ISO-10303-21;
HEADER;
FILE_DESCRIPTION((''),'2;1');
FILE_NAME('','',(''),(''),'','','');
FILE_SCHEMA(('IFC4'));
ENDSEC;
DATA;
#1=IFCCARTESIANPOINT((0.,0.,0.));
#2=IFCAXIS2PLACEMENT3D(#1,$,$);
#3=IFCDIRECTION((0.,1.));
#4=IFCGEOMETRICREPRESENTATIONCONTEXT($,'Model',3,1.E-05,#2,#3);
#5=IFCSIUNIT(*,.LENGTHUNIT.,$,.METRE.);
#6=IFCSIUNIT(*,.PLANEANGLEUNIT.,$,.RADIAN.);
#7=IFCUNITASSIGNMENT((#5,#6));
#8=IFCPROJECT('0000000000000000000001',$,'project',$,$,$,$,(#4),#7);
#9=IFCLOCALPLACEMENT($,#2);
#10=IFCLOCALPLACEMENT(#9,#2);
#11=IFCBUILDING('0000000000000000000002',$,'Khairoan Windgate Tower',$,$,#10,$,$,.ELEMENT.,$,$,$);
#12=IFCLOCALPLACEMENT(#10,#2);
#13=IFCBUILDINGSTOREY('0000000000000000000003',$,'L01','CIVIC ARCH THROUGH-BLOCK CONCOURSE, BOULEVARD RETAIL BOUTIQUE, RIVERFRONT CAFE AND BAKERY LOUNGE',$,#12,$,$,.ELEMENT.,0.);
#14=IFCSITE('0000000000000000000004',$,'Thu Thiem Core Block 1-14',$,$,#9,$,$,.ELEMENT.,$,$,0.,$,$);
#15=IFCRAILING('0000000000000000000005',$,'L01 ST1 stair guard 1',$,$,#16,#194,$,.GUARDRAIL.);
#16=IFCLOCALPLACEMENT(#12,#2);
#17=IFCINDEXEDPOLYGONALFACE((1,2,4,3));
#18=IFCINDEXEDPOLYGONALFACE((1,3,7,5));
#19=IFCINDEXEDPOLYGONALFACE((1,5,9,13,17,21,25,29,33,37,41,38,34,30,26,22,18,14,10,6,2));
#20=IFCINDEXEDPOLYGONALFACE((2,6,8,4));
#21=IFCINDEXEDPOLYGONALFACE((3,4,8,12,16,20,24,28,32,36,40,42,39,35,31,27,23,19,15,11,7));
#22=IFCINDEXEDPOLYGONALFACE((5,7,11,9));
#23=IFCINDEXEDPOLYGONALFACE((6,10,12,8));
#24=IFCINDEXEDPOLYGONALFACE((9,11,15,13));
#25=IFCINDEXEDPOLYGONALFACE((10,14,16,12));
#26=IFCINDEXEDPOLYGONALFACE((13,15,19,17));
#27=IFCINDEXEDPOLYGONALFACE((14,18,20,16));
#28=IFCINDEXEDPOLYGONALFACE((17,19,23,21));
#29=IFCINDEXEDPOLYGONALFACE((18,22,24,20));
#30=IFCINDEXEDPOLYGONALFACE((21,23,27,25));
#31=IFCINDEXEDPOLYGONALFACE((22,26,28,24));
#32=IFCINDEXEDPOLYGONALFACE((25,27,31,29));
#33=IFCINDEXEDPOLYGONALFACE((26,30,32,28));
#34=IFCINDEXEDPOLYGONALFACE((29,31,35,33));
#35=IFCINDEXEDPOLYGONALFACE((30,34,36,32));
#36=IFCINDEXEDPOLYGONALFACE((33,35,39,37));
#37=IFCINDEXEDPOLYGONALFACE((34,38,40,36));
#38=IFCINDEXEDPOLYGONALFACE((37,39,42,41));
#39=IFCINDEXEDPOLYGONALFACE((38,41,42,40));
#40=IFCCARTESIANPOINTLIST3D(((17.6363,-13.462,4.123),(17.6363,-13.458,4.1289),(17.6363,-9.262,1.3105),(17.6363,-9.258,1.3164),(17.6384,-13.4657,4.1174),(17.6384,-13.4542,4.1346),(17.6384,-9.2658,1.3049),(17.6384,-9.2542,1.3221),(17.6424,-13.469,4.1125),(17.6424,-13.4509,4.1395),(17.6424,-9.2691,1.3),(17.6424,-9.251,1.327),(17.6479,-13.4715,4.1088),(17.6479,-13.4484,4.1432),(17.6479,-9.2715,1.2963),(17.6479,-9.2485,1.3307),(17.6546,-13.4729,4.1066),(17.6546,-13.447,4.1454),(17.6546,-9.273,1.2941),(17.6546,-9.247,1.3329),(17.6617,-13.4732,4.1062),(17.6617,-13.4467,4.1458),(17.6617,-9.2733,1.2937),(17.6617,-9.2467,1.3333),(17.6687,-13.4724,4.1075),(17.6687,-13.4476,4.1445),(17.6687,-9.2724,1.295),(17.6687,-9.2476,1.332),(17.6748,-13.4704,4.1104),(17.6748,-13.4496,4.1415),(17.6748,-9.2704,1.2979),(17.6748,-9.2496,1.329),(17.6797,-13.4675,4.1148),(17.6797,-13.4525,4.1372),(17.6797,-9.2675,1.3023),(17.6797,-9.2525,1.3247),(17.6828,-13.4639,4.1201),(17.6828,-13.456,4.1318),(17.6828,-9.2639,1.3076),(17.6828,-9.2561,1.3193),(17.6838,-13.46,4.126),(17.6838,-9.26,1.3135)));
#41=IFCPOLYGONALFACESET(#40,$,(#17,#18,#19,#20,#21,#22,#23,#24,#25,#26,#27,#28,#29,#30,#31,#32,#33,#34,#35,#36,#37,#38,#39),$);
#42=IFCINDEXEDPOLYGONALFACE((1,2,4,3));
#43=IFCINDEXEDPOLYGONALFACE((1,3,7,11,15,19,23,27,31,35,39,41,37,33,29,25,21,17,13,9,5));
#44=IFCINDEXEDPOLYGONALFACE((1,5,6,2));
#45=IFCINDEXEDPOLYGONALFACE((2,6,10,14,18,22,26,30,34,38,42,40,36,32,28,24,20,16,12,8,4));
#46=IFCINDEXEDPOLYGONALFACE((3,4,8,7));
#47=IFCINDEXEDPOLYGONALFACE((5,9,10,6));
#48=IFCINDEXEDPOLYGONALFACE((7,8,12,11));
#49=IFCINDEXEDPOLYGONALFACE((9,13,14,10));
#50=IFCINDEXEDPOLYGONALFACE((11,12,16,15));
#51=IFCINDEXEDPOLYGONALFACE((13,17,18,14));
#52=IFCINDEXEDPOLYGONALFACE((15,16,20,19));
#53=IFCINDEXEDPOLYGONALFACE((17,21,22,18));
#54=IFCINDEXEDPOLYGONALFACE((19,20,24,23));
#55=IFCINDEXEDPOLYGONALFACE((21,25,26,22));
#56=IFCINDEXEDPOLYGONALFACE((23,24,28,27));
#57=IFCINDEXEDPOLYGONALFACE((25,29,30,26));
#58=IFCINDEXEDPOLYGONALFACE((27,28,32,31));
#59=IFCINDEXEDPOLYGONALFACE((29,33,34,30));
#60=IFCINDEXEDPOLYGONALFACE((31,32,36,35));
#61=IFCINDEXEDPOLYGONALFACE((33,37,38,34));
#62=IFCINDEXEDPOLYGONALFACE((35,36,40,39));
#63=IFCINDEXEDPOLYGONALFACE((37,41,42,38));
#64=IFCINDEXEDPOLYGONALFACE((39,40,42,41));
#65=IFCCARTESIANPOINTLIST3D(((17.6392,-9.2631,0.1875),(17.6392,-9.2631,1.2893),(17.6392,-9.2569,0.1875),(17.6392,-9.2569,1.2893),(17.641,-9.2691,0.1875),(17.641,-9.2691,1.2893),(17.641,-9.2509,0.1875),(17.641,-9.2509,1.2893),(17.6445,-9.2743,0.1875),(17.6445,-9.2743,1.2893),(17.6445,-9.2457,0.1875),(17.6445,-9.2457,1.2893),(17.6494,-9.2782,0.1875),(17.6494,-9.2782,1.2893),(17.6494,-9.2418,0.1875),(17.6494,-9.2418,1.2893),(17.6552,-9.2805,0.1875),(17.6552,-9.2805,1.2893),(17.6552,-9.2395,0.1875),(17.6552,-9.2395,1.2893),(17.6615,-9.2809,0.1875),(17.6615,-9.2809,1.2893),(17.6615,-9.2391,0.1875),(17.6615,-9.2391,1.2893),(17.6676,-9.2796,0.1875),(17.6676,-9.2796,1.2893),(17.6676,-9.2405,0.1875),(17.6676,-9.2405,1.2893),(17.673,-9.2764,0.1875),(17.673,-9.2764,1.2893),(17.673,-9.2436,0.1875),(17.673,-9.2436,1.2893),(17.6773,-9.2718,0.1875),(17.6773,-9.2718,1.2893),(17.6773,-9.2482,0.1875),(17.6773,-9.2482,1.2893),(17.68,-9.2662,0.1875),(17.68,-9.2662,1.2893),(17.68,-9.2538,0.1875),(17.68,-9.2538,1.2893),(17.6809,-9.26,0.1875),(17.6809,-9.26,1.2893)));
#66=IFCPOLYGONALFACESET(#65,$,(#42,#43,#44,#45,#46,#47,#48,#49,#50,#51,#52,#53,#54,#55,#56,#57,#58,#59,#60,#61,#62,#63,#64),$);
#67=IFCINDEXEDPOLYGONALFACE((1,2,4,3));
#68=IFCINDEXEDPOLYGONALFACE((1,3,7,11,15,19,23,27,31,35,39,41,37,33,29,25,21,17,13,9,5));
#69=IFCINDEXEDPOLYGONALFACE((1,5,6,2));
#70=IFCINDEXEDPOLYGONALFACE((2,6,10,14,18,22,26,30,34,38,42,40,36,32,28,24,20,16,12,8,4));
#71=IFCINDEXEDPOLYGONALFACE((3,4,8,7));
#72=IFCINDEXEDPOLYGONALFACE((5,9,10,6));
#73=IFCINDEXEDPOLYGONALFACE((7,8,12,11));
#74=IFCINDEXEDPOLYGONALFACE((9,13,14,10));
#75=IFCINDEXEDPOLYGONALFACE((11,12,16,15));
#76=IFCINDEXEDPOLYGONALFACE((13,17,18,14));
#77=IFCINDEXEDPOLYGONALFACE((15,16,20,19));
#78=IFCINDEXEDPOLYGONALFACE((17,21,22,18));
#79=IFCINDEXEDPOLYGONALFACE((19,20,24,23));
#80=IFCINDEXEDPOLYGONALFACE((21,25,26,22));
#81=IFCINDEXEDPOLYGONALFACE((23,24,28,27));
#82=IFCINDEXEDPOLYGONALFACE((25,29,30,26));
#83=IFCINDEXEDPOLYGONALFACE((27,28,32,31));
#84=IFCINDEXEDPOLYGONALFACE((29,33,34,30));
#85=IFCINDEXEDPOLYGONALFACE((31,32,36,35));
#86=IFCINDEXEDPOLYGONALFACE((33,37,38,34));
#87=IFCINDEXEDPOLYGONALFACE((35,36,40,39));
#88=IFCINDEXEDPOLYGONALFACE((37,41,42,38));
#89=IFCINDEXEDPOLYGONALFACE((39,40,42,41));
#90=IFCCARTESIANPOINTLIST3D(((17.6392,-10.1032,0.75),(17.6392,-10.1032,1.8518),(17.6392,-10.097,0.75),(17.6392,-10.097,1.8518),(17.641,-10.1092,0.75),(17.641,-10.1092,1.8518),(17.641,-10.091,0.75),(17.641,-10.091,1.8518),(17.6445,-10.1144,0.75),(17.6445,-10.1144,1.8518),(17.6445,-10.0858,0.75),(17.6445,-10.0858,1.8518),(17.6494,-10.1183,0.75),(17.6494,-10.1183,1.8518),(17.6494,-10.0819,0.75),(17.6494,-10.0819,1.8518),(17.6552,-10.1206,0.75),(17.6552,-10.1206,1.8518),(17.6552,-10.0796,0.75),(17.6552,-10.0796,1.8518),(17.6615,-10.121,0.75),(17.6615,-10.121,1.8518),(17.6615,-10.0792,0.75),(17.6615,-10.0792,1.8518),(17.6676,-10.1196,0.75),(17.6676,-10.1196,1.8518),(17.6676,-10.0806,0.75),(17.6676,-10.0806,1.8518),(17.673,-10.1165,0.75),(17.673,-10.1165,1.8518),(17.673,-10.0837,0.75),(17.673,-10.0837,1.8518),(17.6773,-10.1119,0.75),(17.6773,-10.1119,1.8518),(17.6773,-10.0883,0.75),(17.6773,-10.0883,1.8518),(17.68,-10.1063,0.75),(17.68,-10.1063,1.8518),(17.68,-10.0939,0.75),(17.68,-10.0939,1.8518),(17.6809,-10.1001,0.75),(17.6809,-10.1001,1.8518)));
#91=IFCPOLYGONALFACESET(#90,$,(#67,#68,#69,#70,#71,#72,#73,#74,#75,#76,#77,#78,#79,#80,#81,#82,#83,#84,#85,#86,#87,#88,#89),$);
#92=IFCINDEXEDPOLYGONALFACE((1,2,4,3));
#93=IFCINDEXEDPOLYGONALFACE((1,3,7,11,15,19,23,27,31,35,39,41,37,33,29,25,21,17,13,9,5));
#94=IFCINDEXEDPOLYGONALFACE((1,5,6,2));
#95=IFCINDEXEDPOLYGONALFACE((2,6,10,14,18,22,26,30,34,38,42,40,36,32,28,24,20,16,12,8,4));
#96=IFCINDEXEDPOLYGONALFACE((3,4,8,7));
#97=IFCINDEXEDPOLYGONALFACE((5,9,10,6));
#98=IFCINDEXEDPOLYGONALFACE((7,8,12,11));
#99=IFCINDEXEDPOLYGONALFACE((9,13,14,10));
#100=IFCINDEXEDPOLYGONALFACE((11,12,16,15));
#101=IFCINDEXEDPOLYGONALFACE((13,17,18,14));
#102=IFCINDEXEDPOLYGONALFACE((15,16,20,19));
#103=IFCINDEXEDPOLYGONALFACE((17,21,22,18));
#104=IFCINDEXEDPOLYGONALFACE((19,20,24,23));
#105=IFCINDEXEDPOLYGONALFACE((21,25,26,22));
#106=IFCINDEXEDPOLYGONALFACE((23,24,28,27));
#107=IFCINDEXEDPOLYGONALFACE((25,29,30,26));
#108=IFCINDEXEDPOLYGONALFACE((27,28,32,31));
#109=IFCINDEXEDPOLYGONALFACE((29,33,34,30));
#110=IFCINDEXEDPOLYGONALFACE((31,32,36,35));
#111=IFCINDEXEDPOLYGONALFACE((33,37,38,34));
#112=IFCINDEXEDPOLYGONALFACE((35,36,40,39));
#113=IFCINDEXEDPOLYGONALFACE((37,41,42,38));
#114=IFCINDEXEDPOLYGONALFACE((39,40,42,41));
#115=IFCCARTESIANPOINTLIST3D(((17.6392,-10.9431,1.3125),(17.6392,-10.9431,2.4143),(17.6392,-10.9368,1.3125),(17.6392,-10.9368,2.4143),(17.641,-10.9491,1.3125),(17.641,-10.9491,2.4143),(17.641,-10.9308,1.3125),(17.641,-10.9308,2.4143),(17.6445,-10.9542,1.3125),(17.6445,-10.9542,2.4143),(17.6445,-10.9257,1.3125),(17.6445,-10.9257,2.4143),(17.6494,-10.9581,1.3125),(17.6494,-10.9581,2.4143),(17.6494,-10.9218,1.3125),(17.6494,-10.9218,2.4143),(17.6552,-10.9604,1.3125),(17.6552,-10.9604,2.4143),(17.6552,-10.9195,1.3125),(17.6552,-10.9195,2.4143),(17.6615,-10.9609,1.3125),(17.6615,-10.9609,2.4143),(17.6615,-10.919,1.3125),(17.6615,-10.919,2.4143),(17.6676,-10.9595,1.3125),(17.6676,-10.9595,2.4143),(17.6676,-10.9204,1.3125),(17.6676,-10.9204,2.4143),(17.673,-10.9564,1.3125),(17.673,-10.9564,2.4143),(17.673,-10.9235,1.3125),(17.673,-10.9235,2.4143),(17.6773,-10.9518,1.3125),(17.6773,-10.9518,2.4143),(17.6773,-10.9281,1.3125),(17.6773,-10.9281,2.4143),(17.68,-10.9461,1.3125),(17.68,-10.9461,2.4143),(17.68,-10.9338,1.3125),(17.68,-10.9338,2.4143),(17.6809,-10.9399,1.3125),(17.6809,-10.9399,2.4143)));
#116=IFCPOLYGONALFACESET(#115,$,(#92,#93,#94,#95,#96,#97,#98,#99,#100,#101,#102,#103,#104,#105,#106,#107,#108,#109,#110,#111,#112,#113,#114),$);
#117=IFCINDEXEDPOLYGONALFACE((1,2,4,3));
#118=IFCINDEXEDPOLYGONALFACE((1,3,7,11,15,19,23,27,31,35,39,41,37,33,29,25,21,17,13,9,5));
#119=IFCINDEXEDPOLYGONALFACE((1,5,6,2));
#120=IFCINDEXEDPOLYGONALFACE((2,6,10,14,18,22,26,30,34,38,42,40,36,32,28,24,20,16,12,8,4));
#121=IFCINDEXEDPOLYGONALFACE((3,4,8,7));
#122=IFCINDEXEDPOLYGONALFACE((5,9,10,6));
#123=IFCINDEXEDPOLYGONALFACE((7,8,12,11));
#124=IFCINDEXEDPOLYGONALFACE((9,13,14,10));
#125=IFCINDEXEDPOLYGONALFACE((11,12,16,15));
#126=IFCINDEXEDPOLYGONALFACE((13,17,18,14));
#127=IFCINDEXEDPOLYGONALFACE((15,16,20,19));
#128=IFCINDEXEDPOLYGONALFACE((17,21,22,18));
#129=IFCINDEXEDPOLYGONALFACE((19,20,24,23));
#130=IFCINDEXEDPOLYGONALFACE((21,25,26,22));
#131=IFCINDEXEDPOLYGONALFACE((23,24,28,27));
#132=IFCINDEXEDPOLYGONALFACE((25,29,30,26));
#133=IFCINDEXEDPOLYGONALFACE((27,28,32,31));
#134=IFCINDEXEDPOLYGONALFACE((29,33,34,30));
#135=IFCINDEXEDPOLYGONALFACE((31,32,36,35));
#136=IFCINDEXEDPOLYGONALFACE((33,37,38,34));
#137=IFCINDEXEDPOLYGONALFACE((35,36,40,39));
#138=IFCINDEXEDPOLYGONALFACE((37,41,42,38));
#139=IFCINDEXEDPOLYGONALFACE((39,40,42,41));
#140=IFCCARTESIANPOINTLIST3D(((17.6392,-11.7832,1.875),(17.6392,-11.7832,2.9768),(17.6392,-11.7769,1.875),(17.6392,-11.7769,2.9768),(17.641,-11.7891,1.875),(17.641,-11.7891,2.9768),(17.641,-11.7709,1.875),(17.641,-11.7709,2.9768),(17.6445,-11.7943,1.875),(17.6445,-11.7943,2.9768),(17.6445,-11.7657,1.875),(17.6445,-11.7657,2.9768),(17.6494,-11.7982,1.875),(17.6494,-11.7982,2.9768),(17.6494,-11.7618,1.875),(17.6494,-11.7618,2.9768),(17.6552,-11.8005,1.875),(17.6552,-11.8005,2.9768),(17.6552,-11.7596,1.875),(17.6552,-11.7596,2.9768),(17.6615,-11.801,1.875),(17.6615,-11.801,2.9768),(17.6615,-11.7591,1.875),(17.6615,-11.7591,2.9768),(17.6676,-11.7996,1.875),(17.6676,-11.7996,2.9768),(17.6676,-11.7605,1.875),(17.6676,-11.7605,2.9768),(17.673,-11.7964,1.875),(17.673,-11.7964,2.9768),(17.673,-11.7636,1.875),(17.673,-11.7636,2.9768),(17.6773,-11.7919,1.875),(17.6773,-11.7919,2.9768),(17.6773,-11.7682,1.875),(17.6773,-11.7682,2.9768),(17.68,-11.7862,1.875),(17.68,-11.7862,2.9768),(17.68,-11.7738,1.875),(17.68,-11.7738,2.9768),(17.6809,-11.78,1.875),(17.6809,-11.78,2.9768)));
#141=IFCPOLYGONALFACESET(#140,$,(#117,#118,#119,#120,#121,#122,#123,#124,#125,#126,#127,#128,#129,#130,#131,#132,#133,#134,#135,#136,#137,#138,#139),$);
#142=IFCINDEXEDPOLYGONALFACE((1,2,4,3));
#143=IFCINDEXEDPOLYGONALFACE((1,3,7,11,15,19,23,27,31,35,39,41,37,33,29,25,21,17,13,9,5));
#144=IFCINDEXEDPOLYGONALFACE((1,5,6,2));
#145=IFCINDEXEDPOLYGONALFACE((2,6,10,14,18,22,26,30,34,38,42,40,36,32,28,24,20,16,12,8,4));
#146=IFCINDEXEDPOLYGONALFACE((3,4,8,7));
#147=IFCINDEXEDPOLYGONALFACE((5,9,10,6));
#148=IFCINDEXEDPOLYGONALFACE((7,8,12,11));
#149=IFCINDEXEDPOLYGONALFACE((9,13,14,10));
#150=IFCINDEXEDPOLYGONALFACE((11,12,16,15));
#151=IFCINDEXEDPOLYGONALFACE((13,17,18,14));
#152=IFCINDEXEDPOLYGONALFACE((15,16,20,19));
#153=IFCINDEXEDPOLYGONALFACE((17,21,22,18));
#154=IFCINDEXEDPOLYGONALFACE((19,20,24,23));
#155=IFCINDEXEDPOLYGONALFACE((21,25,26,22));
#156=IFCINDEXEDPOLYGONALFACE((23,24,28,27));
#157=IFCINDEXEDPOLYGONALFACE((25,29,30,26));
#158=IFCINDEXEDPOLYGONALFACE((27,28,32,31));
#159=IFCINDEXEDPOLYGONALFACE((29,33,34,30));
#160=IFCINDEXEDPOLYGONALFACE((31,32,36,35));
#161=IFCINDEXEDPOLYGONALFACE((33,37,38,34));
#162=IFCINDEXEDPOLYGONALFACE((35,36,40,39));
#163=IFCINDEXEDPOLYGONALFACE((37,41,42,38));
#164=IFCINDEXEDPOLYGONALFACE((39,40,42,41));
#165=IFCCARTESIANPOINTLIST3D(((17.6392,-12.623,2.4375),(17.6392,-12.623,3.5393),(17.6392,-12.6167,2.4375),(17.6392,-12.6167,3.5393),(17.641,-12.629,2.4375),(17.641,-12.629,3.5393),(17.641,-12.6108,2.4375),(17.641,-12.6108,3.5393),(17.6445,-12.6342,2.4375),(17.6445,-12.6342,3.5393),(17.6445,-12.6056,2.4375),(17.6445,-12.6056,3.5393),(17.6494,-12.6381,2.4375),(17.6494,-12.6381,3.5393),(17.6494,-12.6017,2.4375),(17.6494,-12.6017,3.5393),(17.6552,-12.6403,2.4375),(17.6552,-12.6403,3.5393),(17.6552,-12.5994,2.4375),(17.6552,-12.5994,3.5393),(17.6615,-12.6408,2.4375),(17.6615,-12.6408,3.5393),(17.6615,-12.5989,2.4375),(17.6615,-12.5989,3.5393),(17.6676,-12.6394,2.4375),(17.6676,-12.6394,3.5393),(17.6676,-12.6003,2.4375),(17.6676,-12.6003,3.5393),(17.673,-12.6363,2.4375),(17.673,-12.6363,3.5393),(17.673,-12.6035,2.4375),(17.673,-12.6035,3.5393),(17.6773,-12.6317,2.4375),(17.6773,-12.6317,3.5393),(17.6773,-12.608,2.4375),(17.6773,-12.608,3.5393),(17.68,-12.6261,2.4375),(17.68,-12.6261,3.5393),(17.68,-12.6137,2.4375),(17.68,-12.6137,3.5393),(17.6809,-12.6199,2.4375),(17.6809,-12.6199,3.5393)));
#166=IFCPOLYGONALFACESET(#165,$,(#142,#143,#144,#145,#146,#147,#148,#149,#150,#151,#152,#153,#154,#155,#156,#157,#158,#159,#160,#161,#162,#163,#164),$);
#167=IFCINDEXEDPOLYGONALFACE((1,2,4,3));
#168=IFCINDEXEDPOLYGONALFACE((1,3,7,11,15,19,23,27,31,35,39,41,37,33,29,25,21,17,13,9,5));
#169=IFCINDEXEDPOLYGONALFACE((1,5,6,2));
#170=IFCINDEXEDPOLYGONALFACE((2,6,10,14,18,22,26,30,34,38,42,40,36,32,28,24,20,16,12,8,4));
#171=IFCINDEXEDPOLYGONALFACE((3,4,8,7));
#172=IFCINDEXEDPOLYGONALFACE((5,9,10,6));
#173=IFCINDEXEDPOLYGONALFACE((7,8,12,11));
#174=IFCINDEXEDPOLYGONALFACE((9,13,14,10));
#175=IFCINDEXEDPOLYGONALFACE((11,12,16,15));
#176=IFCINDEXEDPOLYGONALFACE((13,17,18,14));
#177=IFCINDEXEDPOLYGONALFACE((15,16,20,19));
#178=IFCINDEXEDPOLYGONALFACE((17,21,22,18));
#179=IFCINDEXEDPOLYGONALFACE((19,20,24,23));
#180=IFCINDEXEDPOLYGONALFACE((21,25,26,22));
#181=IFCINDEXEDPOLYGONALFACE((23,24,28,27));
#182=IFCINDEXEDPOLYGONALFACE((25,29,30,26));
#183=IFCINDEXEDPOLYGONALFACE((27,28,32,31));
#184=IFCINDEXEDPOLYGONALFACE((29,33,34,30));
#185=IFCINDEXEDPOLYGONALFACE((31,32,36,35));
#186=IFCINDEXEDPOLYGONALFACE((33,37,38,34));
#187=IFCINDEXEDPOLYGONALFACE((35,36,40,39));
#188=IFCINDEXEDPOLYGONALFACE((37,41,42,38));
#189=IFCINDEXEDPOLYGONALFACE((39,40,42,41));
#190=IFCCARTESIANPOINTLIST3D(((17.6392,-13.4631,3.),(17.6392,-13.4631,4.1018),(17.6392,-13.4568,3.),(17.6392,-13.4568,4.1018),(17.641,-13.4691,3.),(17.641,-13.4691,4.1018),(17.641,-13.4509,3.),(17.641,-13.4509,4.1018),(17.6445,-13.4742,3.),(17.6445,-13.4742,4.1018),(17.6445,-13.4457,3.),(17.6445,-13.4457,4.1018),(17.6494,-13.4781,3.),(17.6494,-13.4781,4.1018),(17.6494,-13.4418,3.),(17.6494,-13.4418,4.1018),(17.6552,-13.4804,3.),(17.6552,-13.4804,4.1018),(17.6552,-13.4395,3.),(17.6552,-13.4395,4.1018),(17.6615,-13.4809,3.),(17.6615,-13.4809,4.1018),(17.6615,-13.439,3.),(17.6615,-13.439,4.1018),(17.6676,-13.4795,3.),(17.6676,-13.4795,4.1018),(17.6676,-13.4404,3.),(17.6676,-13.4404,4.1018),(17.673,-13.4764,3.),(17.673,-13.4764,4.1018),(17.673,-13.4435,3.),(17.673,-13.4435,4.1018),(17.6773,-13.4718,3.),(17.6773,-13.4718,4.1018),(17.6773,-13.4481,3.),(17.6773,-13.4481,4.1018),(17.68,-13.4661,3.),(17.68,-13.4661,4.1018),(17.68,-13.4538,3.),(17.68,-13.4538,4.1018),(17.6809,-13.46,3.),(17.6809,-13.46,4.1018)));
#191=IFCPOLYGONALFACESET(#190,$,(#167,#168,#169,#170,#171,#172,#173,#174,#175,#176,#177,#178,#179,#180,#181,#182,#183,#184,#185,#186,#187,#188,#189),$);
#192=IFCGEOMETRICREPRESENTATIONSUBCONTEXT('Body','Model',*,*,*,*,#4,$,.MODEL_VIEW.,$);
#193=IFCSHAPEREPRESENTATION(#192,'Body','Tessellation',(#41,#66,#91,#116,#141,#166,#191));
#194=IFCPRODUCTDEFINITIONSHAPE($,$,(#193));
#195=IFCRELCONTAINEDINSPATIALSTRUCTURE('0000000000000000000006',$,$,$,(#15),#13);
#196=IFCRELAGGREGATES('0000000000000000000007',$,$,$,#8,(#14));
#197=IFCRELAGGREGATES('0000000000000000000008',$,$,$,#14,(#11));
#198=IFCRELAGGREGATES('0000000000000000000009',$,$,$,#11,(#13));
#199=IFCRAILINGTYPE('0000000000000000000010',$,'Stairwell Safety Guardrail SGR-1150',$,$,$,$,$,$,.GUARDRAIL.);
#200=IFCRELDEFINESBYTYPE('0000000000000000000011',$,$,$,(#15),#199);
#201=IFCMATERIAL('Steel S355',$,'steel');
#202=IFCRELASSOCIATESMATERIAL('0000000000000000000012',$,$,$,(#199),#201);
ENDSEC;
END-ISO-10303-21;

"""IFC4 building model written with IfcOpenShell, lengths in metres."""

from ifc_helpers import new_model, si_unit, direction, frame, origin, origin_2d, place, context, subcontext, project, spatial, circle, extrude, material, type_object, element, save


model = new_model("IFC4")

# Units and contexts
model_context = context("Model", 3, precision=1e-05, world=origin(), true_north=direction((0.0, 1.0)))
body_context = subcontext(model_context, "Body", "Model", "MODEL_VIEW")
ifc_project = project(units=[si_unit("LENGTHUNIT", "METRE"), si_unit("PLANEANGLEUNIT", "RADIAN")], contexts=[model_context])

# Site, building, storey
site_placement = place(None, origin())
site = spatial("IfcSite", under=ifc_project, at=site_placement, Name="Thu Thiem Core Block 1-14", CompositionType="ELEMENT", RefElevation=0.0)
building_placement = place(site_placement, origin())
building = spatial("IfcBuilding", under=site, at=building_placement, Name="Khairoan Windgate Tower", CompositionType="ELEMENT")
storey_placement = place(building_placement, origin())
storey = spatial("IfcBuildingStorey", under=building, at=storey_placement, Name="L01", Description="CIVIC ARCH THROUGH-BLOCK CONCOURSE, BOULEVARD RETAIL BOUTIQUE, RIVERFRONT CAFE AND BAKERY LOUNGE", CompositionType="ELEMENT", Elevation=0.0)

# Railing
ifc_material_1 = material(Name="Steel S355", Category="steel")
railing_type_1 = type_object("IfcRailingType", Name="Stairwell Safety Guardrail SGR-1150", PredefinedType="GUARDRAIL", material=ifc_material_1)
railing_1_placement = place(storey_placement, frame((17.6599, -9.26, 0.1875)))
element("IfcRailing", 1, at=railing_1_placement, inside=storey, type_object=railing_type_1, Name="L01 ST1 stair guard 1", PredefinedType="GUARDRAIL", context=body_context, shape_type="SweptSolid", body=[
    extrude(circle(Radius=0.0239, at=origin_2d()), frame((0.0, 0.0, 1.126), z_axis=(0.0, -0.830904, 0.556416), x_axis=(1.0, 0.0, 0.0)), (0.0, 0.0, 1.0), 5.0547),
    extrude(circle(Radius=0.021, at=origin_2d()), origin(), (0.0, 0.0, 1.0), 1.1018),
    extrude(circle(Radius=0.021, at=origin_2d()), frame((0.0, -0.8401, 0.5625)), (0.0, 0.0, 1.0), 1.1018),
    extrude(circle(Radius=0.021, at=origin_2d()), frame((0.0, -1.6799, 1.125)), (0.0, 0.0, 1.0), 1.1018),
    extrude(circle(Radius=0.021, at=origin_2d()), frame((0.0, -2.52, 1.6875)), (0.0, 0.0, 1.0), 1.1018),
    extrude(circle(Radius=0.021, at=origin_2d()), frame((0.0, -3.3599, 2.25)), (0.0, 0.0, 1.0), 1.1018),
    extrude(circle(Radius=0.021, at=origin_2d()), frame((0.0, -4.2, 2.8125)), (0.0, 0.0, 1.0), 1.1018),
])

save(model, "model.ifc")
